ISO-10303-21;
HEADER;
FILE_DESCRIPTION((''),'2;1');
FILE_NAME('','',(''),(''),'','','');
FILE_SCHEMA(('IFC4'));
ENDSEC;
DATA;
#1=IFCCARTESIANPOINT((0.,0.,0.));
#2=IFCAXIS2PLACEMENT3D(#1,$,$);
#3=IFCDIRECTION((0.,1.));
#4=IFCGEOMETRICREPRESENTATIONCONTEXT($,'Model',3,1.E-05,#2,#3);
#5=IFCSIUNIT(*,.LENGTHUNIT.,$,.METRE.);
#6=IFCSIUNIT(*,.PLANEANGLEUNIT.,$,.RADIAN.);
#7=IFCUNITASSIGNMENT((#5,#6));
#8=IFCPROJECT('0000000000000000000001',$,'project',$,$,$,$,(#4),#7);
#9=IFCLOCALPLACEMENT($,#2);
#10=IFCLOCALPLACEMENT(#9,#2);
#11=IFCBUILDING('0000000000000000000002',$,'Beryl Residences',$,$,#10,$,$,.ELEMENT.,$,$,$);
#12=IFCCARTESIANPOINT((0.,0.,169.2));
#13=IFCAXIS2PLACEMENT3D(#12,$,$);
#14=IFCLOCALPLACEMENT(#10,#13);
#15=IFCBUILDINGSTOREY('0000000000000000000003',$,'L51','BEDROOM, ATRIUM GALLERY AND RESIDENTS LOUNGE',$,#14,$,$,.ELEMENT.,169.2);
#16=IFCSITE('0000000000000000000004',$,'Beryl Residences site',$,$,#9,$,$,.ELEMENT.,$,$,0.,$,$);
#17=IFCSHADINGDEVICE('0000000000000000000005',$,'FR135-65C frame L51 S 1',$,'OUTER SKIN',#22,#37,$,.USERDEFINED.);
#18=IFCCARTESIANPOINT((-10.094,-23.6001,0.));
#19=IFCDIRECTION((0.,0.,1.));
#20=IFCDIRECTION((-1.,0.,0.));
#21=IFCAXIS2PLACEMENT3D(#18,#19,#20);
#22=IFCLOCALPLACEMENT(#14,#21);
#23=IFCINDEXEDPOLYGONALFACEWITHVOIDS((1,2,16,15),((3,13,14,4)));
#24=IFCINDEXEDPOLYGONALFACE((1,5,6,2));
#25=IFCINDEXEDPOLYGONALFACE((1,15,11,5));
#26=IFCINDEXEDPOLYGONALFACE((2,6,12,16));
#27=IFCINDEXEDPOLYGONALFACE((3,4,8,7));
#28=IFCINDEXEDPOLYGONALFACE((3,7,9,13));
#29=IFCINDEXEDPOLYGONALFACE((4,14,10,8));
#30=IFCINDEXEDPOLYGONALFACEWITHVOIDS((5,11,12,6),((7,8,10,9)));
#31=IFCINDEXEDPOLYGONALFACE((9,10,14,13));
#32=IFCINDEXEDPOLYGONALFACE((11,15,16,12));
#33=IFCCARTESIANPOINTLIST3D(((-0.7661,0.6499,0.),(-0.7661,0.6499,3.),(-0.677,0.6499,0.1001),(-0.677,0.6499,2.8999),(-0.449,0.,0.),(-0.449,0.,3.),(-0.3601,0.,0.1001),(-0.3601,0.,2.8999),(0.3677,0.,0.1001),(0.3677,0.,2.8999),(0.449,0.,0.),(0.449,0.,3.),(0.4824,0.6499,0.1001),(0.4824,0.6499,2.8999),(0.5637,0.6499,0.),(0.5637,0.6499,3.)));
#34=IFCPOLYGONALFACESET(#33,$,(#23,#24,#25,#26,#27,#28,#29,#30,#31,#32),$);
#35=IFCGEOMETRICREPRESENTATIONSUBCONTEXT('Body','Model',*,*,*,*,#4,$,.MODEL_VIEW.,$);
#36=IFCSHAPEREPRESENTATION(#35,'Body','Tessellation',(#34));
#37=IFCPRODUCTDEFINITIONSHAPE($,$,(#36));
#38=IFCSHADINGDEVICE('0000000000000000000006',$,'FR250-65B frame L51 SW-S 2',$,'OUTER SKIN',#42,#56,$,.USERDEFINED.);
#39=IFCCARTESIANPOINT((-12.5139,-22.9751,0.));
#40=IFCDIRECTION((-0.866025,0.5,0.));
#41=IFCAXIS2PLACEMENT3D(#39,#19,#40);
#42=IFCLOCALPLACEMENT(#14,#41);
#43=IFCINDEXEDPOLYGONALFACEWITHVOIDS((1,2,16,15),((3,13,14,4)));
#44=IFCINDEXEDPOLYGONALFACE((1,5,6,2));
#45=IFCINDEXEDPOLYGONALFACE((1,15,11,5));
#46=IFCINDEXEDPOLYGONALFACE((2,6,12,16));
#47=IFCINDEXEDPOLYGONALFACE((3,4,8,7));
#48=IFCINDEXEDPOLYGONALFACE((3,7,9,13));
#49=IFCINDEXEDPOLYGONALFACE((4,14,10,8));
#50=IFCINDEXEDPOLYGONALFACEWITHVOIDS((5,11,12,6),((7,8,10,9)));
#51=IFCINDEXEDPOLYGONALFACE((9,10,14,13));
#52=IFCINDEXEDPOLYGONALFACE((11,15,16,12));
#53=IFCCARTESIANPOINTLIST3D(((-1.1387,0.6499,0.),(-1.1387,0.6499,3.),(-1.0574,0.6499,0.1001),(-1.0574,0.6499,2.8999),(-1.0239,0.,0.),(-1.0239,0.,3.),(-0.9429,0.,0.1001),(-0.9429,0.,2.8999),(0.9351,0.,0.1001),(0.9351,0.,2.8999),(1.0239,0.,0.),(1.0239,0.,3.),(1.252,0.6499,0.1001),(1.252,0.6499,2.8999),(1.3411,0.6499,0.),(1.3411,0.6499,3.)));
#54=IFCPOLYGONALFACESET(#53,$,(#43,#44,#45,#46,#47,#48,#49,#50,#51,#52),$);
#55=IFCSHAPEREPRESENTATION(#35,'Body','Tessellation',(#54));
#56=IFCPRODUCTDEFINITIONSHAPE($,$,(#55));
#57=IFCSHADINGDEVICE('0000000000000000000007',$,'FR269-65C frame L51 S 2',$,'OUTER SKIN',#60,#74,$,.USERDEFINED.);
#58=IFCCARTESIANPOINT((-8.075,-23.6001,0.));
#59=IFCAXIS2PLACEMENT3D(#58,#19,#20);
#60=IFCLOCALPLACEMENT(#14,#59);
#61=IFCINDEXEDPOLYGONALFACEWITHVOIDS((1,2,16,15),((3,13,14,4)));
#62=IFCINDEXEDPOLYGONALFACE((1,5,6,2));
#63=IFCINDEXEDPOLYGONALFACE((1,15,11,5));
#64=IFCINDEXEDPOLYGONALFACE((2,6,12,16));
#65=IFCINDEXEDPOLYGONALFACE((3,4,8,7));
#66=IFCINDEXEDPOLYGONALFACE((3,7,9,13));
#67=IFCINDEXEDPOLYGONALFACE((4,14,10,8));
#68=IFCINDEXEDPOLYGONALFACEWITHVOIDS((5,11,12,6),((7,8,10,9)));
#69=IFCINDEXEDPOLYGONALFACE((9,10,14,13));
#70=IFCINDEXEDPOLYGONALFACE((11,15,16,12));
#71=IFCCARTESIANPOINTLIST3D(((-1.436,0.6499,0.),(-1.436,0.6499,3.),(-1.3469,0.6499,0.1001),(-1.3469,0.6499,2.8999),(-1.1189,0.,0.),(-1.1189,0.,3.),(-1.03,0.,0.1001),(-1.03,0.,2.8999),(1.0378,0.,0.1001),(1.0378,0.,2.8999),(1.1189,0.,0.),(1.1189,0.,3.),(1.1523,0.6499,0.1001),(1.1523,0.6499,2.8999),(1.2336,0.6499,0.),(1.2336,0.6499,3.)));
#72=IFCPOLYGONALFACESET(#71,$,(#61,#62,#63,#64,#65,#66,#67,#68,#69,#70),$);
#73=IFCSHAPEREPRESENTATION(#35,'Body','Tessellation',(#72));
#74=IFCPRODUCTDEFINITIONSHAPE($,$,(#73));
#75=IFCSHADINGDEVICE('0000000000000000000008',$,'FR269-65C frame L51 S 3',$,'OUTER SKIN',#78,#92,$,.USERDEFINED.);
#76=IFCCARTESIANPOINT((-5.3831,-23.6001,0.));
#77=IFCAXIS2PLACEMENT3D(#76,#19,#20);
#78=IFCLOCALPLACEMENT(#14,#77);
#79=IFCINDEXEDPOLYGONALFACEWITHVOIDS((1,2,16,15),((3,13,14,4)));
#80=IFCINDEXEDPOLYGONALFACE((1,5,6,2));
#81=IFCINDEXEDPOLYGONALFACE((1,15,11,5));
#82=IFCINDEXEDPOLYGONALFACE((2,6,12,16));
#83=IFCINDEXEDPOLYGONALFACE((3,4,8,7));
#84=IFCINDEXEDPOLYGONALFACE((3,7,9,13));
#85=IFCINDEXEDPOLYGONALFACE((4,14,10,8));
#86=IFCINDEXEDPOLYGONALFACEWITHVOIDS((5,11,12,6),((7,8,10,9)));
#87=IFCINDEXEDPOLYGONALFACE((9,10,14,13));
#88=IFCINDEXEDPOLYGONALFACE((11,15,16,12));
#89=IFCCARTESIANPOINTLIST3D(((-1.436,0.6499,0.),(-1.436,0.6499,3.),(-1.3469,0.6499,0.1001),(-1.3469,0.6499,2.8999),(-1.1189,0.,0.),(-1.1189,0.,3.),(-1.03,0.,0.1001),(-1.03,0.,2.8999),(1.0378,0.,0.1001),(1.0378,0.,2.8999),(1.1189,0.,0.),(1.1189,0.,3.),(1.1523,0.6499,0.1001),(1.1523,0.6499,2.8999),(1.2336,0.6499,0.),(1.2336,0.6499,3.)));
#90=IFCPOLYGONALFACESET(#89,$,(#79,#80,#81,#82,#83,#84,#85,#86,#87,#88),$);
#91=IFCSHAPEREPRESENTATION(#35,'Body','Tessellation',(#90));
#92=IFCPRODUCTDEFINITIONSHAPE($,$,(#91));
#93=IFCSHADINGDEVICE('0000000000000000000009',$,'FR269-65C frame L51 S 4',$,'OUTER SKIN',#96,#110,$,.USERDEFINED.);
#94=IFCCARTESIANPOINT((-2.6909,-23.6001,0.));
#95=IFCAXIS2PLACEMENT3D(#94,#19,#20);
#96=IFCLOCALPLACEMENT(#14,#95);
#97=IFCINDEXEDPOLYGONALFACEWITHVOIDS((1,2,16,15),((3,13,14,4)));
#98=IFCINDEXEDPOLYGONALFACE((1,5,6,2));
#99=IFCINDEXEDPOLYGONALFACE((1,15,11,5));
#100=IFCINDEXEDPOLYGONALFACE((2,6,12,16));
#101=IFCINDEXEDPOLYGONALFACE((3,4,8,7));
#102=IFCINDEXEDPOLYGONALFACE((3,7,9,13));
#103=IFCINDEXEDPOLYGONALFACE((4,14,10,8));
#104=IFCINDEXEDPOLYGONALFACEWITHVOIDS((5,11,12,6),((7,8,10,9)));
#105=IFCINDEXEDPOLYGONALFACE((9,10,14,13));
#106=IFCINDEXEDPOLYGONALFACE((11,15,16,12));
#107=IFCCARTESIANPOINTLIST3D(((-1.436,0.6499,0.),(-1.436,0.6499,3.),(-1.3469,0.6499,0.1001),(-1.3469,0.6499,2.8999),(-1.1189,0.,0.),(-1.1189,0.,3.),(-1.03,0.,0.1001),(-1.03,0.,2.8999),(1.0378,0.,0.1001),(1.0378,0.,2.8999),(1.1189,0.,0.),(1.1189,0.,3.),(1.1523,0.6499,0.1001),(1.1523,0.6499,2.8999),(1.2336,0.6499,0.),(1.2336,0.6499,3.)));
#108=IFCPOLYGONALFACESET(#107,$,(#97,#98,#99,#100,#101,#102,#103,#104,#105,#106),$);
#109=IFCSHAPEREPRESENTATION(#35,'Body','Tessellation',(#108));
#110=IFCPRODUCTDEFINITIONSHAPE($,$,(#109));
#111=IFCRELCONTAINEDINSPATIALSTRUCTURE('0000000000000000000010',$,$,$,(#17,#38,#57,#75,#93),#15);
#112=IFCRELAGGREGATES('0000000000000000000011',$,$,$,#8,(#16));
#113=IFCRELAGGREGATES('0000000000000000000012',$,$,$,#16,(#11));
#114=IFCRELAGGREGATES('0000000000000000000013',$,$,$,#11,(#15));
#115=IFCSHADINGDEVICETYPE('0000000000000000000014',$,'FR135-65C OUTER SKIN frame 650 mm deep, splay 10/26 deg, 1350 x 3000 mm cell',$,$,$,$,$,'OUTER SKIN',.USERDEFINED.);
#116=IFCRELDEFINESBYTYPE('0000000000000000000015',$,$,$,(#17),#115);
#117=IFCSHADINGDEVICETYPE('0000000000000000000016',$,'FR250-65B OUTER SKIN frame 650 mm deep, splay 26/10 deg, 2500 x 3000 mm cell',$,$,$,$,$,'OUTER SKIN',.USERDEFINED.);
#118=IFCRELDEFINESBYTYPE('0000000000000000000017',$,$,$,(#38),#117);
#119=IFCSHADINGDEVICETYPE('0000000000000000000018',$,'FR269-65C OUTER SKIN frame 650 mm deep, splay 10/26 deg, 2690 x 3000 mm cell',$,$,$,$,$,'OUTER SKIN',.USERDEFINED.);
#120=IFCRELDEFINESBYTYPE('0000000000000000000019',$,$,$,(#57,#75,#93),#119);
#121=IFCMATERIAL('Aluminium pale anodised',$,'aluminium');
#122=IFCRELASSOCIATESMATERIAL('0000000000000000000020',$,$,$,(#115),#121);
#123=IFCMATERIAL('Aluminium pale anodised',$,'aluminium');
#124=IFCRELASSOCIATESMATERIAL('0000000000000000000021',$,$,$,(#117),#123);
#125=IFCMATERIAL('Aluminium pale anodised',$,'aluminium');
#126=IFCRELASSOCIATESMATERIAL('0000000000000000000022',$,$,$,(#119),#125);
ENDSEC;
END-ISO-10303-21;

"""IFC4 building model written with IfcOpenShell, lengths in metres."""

from ifc_helpers import new_model, entity, si_unit, direction, frame, origin, place, context, subcontext, project, spatial, source, transform, mapped, material, type_object, type_shapes, element, save


model = new_model("IFC4")

# Units and contexts
model_context = context("Model", 3, precision=1e-05, world=origin(), true_north=direction((0.0, 1.0)))
body_context = subcontext(model_context, "Body", "Model", "MODEL_VIEW")
ifc_project = project(units=[si_unit("LENGTHUNIT", "METRE"), si_unit("PLANEANGLEUNIT", "RADIAN")], contexts=[model_context])

# Site, building, storey
site_placement = place(None, origin())
site = spatial("IfcSite", under=ifc_project, at=site_placement, Name="Beryl Residences site", CompositionType="ELEMENT", RefElevation=0.0)
building_placement = place(site_placement, origin())
building = spatial("IfcBuilding", under=site, at=building_placement, Name="Beryl Residences", CompositionType="ELEMENT")
storey_placement = place(building_placement, frame((0.0, 0.0, 169.2)))
storey = spatial("IfcBuildingStorey", under=building, at=storey_placement, Name="L51", Description="BEDROOM, ATRIUM GALLERY AND RESIDENTS LOUNGE", CompositionType="ELEMENT", Elevation=169.2)

# Shading devices
ifc_material_1 = material(Name="Aluminium pale anodised", Category="aluminium")
shading_device_type_1 = type_object("IfcShadingDeviceType", Name="FR135-65C OUTER SKIN frame 650 mm deep, splay 10/26 deg, 1350 x 3000 mm cell", ElementType="OUTER SKIN", PredefinedType="USERDEFINED", material=ifc_material_1)
cartesian_point_1 = entity("IfcCartesianPoint", [-0.449, 0.0])
cartesian_point_2 = entity("IfcCartesianPoint", [-0.3677, 0.1001])
cartesian_point_3 = entity("IfcCartesianPoint", [-0.5637, 0.0])
cartesian_point_4 = entity("IfcCartesianPoint", [-0.4824, 0.1001])
shared_shape_1 = source(origin(), body_context, "Body", "SweptSolid", [
    entity("IfcExtrudedAreaSolidTapered", entity("IfcArbitraryProfileDefWithVoids", "AREA", None, entity("IfcPolyline", [cartesian_point_1, entity("IfcCartesianPoint", [0.449, 0.0]), entity("IfcCartesianPoint", [0.449, 3.0]), entity("IfcCartesianPoint", [-0.449, 3.0]), cartesian_point_1]), [entity("IfcPolyline", [cartesian_point_2, entity("IfcCartesianPoint", [0.3601, 0.1001]), entity("IfcCartesianPoint", [0.3601, 2.8999]), entity("IfcCartesianPoint", [-0.3677, 2.8999]), cartesian_point_2])]), entity("IfcAxis2Placement3D", entity("IfcCartesianPoint", [0.0, 0.0, 0.0]), entity("IfcDirection", [0.0, 1.0, 0.0]), entity("IfcDirection", [-1.0, 0.0, 0.0])), entity("IfcDirection", [0.0, 0.0, 1.0]), 0.6499, entity("IfcArbitraryProfileDefWithVoids", "AREA", None, entity("IfcPolyline", [cartesian_point_3, entity("IfcCartesianPoint", [0.7661, 0.0]), entity("IfcCartesianPoint", [0.7661, 3.0]), entity("IfcCartesianPoint", [-0.5637, 3.0]), cartesian_point_3]), [entity("IfcPolyline", [cartesian_point_4, entity("IfcCartesianPoint", [0.677, 0.1001]), entity("IfcCartesianPoint", [0.677, 2.8999]), entity("IfcCartesianPoint", [-0.4824, 2.8999]), cartesian_point_4])])),
])
type_shapes(shading_device_type_1, [shared_shape_1])
shading_device_1_placement = place(storey_placement, frame((-10.094, -23.6001, 0.0), z_axis=(0.0, 0.0, 1.0), x_axis=(-1.0, 0.0, 0.0)))
element("IfcShadingDevice", 1, at=shading_device_1_placement, inside=storey, type_object=shading_device_type_1, Name="FR135-65C frame L51 S 1", ObjectType="OUTER SKIN", PredefinedType="USERDEFINED", context=body_context, shape_type="MappedRepresentation", body=[
    mapped(shared_shape_1, transform((0.0, 0.0, 0.0))),
])
ifc_material_2 = material(Name="Aluminium pale anodised", Category="aluminium")
shading_device_type_2 = type_object("IfcShadingDeviceType", Name="FR250-65B OUTER SKIN frame 650 mm deep, splay 26/10 deg, 2500 x 3000 mm cell", ElementType="OUTER SKIN", PredefinedType="USERDEFINED", material=ifc_material_2)
cartesian_point_5 = entity("IfcCartesianPoint", [-1.0239, 0.0])
cartesian_point_6 = entity("IfcCartesianPoint", [-0.9351, 0.1001])
cartesian_point_7 = entity("IfcCartesianPoint", [-1.3411, 0.0])
cartesian_point_8 = entity("IfcCartesianPoint", [-1.252, 0.1001])
shared_shape_2 = source(origin(), body_context, "Body", "SweptSolid", [
    entity("IfcExtrudedAreaSolidTapered", entity("IfcArbitraryProfileDefWithVoids", "AREA", None, entity("IfcPolyline", [cartesian_point_5, entity("IfcCartesianPoint", [1.0239, 0.0]), entity("IfcCartesianPoint", [1.0239, 3.0]), entity("IfcCartesianPoint", [-1.0239, 3.0]), cartesian_point_5]), [entity("IfcPolyline", [cartesian_point_6, entity("IfcCartesianPoint", [0.9429, 0.1001]), entity("IfcCartesianPoint", [0.9429, 2.8999]), entity("IfcCartesianPoint", [-0.9351, 2.8999]), cartesian_point_6])]), entity("IfcAxis2Placement3D", entity("IfcCartesianPoint", [0.0, 0.0, 0.0]), entity("IfcDirection", [0.0, 1.0, 0.0]), entity("IfcDirection", [-1.0, 0.0, 0.0])), entity("IfcDirection", [0.0, 0.0, 1.0]), 0.6499, entity("IfcArbitraryProfileDefWithVoids", "AREA", None, entity("IfcPolyline", [cartesian_point_7, entity("IfcCartesianPoint", [1.1387, 0.0]), entity("IfcCartesianPoint", [1.1387, 3.0]), entity("IfcCartesianPoint", [-1.3411, 3.0]), cartesian_point_7]), [entity("IfcPolyline", [cartesian_point_8, entity("IfcCartesianPoint", [1.0574, 0.1001]), entity("IfcCartesianPoint", [1.0574, 2.8999]), entity("IfcCartesianPoint", [-1.252, 2.8999]), cartesian_point_8])])),
])
type_shapes(shading_device_type_2, [shared_shape_2])
shading_device_2_placement = place(storey_placement, frame((-12.5139, -22.9751, 0.0), z_axis=(0.0, 0.0, 1.0), x_axis=(-0.866025, 0.5, 0.0)))
element("IfcShadingDevice", 2, at=shading_device_2_placement, inside=storey, type_object=shading_device_type_2, Name="FR250-65B frame L51 SW-S 2", ObjectType="OUTER SKIN", PredefinedType="USERDEFINED", context=body_context, shape_type="MappedRepresentation", body=[
    mapped(shared_shape_2, transform((0.0, 0.0, 0.0))),
])
ifc_material_3 = material(Name="Aluminium pale anodised", Category="aluminium")
shading_device_type_3 = type_object("IfcShadingDeviceType", Name="FR269-65C OUTER SKIN frame 650 mm deep, splay 10/26 deg, 2690 x 3000 mm cell", ElementType="OUTER SKIN", PredefinedType="USERDEFINED", material=ifc_material_3)
cartesian_point_9 = entity("IfcCartesianPoint", [-1.1189, 0.0])
cartesian_point_10 = entity("IfcCartesianPoint", [-1.0378, 0.1001])
cartesian_point_11 = entity("IfcCartesianPoint", [-1.2336, 0.0])
cartesian_point_12 = entity("IfcCartesianPoint", [-1.1523, 0.1001])
shared_shape_3 = source(origin(), body_context, "Body", "SweptSolid", [
    entity("IfcExtrudedAreaSolidTapered", entity("IfcArbitraryProfileDefWithVoids", "AREA", None, entity("IfcPolyline", [cartesian_point_9, entity("IfcCartesianPoint", [1.1189, 0.0]), entity("IfcCartesianPoint", [1.1189, 3.0]), entity("IfcCartesianPoint", [-1.1189, 3.0]), cartesian_point_9]), [entity("IfcPolyline", [cartesian_point_10, entity("IfcCartesianPoint", [1.03, 0.1001]), entity("IfcCartesianPoint", [1.03, 2.8999]), entity("IfcCartesianPoint", [-1.0378, 2.8999]), cartesian_point_10])]), entity("IfcAxis2Placement3D", entity("IfcCartesianPoint", [0.0, 0.0, 0.0]), entity("IfcDirection", [0.0, 1.0, 0.0]), entity("IfcDirection", [-1.0, 0.0, 0.0])), entity("IfcDirection", [0.0, 0.0, 1.0]), 0.6499, entity("IfcArbitraryProfileDefWithVoids", "AREA", None, entity("IfcPolyline", [cartesian_point_11, entity("IfcCartesianPoint", [1.436, 0.0]), entity("IfcCartesianPoint", [1.436, 3.0]), entity("IfcCartesianPoint", [-1.2336, 3.0]), cartesian_point_11]), [entity("IfcPolyline", [cartesian_point_12, entity("IfcCartesianPoint", [1.3469, 0.1001]), entity("IfcCartesianPoint", [1.3469, 2.8999]), entity("IfcCartesianPoint", [-1.1523, 2.8999]), cartesian_point_12])])),
])
type_shapes(shading_device_type_3, [shared_shape_3])
for number, where, z_axis, x_axis, name in (
    (3, (-8.075, -23.6001, 0.0), (0.0, 0.0, 1.0), (-1.0, 0.0, 0.0), "FR269-65C frame L51 S 2"),
    (4, (-5.3831, -23.6001, 0.0), (0.0, 0.0, 1.0), (-1.0, 0.0, 0.0), "FR269-65C frame L51 S 3"),
    (5, (-2.6909, -23.6001, 0.0), (0.0, 0.0, 1.0), (-1.0, 0.0, 0.0), "FR269-65C frame L51 S 4"),
):
    element("IfcShadingDevice", number, at=place(storey_placement, frame(where, z_axis=z_axis, x_axis=x_axis)), inside=storey, type_object=shading_device_type_3, Name=name, ObjectType="OUTER SKIN", PredefinedType="USERDEFINED", context=body_context, shape_type="MappedRepresentation", body=[
        mapped(shared_shape_3, transform((0.0, 0.0, 0.0))),
    ])

save(model, "model.ifc")
